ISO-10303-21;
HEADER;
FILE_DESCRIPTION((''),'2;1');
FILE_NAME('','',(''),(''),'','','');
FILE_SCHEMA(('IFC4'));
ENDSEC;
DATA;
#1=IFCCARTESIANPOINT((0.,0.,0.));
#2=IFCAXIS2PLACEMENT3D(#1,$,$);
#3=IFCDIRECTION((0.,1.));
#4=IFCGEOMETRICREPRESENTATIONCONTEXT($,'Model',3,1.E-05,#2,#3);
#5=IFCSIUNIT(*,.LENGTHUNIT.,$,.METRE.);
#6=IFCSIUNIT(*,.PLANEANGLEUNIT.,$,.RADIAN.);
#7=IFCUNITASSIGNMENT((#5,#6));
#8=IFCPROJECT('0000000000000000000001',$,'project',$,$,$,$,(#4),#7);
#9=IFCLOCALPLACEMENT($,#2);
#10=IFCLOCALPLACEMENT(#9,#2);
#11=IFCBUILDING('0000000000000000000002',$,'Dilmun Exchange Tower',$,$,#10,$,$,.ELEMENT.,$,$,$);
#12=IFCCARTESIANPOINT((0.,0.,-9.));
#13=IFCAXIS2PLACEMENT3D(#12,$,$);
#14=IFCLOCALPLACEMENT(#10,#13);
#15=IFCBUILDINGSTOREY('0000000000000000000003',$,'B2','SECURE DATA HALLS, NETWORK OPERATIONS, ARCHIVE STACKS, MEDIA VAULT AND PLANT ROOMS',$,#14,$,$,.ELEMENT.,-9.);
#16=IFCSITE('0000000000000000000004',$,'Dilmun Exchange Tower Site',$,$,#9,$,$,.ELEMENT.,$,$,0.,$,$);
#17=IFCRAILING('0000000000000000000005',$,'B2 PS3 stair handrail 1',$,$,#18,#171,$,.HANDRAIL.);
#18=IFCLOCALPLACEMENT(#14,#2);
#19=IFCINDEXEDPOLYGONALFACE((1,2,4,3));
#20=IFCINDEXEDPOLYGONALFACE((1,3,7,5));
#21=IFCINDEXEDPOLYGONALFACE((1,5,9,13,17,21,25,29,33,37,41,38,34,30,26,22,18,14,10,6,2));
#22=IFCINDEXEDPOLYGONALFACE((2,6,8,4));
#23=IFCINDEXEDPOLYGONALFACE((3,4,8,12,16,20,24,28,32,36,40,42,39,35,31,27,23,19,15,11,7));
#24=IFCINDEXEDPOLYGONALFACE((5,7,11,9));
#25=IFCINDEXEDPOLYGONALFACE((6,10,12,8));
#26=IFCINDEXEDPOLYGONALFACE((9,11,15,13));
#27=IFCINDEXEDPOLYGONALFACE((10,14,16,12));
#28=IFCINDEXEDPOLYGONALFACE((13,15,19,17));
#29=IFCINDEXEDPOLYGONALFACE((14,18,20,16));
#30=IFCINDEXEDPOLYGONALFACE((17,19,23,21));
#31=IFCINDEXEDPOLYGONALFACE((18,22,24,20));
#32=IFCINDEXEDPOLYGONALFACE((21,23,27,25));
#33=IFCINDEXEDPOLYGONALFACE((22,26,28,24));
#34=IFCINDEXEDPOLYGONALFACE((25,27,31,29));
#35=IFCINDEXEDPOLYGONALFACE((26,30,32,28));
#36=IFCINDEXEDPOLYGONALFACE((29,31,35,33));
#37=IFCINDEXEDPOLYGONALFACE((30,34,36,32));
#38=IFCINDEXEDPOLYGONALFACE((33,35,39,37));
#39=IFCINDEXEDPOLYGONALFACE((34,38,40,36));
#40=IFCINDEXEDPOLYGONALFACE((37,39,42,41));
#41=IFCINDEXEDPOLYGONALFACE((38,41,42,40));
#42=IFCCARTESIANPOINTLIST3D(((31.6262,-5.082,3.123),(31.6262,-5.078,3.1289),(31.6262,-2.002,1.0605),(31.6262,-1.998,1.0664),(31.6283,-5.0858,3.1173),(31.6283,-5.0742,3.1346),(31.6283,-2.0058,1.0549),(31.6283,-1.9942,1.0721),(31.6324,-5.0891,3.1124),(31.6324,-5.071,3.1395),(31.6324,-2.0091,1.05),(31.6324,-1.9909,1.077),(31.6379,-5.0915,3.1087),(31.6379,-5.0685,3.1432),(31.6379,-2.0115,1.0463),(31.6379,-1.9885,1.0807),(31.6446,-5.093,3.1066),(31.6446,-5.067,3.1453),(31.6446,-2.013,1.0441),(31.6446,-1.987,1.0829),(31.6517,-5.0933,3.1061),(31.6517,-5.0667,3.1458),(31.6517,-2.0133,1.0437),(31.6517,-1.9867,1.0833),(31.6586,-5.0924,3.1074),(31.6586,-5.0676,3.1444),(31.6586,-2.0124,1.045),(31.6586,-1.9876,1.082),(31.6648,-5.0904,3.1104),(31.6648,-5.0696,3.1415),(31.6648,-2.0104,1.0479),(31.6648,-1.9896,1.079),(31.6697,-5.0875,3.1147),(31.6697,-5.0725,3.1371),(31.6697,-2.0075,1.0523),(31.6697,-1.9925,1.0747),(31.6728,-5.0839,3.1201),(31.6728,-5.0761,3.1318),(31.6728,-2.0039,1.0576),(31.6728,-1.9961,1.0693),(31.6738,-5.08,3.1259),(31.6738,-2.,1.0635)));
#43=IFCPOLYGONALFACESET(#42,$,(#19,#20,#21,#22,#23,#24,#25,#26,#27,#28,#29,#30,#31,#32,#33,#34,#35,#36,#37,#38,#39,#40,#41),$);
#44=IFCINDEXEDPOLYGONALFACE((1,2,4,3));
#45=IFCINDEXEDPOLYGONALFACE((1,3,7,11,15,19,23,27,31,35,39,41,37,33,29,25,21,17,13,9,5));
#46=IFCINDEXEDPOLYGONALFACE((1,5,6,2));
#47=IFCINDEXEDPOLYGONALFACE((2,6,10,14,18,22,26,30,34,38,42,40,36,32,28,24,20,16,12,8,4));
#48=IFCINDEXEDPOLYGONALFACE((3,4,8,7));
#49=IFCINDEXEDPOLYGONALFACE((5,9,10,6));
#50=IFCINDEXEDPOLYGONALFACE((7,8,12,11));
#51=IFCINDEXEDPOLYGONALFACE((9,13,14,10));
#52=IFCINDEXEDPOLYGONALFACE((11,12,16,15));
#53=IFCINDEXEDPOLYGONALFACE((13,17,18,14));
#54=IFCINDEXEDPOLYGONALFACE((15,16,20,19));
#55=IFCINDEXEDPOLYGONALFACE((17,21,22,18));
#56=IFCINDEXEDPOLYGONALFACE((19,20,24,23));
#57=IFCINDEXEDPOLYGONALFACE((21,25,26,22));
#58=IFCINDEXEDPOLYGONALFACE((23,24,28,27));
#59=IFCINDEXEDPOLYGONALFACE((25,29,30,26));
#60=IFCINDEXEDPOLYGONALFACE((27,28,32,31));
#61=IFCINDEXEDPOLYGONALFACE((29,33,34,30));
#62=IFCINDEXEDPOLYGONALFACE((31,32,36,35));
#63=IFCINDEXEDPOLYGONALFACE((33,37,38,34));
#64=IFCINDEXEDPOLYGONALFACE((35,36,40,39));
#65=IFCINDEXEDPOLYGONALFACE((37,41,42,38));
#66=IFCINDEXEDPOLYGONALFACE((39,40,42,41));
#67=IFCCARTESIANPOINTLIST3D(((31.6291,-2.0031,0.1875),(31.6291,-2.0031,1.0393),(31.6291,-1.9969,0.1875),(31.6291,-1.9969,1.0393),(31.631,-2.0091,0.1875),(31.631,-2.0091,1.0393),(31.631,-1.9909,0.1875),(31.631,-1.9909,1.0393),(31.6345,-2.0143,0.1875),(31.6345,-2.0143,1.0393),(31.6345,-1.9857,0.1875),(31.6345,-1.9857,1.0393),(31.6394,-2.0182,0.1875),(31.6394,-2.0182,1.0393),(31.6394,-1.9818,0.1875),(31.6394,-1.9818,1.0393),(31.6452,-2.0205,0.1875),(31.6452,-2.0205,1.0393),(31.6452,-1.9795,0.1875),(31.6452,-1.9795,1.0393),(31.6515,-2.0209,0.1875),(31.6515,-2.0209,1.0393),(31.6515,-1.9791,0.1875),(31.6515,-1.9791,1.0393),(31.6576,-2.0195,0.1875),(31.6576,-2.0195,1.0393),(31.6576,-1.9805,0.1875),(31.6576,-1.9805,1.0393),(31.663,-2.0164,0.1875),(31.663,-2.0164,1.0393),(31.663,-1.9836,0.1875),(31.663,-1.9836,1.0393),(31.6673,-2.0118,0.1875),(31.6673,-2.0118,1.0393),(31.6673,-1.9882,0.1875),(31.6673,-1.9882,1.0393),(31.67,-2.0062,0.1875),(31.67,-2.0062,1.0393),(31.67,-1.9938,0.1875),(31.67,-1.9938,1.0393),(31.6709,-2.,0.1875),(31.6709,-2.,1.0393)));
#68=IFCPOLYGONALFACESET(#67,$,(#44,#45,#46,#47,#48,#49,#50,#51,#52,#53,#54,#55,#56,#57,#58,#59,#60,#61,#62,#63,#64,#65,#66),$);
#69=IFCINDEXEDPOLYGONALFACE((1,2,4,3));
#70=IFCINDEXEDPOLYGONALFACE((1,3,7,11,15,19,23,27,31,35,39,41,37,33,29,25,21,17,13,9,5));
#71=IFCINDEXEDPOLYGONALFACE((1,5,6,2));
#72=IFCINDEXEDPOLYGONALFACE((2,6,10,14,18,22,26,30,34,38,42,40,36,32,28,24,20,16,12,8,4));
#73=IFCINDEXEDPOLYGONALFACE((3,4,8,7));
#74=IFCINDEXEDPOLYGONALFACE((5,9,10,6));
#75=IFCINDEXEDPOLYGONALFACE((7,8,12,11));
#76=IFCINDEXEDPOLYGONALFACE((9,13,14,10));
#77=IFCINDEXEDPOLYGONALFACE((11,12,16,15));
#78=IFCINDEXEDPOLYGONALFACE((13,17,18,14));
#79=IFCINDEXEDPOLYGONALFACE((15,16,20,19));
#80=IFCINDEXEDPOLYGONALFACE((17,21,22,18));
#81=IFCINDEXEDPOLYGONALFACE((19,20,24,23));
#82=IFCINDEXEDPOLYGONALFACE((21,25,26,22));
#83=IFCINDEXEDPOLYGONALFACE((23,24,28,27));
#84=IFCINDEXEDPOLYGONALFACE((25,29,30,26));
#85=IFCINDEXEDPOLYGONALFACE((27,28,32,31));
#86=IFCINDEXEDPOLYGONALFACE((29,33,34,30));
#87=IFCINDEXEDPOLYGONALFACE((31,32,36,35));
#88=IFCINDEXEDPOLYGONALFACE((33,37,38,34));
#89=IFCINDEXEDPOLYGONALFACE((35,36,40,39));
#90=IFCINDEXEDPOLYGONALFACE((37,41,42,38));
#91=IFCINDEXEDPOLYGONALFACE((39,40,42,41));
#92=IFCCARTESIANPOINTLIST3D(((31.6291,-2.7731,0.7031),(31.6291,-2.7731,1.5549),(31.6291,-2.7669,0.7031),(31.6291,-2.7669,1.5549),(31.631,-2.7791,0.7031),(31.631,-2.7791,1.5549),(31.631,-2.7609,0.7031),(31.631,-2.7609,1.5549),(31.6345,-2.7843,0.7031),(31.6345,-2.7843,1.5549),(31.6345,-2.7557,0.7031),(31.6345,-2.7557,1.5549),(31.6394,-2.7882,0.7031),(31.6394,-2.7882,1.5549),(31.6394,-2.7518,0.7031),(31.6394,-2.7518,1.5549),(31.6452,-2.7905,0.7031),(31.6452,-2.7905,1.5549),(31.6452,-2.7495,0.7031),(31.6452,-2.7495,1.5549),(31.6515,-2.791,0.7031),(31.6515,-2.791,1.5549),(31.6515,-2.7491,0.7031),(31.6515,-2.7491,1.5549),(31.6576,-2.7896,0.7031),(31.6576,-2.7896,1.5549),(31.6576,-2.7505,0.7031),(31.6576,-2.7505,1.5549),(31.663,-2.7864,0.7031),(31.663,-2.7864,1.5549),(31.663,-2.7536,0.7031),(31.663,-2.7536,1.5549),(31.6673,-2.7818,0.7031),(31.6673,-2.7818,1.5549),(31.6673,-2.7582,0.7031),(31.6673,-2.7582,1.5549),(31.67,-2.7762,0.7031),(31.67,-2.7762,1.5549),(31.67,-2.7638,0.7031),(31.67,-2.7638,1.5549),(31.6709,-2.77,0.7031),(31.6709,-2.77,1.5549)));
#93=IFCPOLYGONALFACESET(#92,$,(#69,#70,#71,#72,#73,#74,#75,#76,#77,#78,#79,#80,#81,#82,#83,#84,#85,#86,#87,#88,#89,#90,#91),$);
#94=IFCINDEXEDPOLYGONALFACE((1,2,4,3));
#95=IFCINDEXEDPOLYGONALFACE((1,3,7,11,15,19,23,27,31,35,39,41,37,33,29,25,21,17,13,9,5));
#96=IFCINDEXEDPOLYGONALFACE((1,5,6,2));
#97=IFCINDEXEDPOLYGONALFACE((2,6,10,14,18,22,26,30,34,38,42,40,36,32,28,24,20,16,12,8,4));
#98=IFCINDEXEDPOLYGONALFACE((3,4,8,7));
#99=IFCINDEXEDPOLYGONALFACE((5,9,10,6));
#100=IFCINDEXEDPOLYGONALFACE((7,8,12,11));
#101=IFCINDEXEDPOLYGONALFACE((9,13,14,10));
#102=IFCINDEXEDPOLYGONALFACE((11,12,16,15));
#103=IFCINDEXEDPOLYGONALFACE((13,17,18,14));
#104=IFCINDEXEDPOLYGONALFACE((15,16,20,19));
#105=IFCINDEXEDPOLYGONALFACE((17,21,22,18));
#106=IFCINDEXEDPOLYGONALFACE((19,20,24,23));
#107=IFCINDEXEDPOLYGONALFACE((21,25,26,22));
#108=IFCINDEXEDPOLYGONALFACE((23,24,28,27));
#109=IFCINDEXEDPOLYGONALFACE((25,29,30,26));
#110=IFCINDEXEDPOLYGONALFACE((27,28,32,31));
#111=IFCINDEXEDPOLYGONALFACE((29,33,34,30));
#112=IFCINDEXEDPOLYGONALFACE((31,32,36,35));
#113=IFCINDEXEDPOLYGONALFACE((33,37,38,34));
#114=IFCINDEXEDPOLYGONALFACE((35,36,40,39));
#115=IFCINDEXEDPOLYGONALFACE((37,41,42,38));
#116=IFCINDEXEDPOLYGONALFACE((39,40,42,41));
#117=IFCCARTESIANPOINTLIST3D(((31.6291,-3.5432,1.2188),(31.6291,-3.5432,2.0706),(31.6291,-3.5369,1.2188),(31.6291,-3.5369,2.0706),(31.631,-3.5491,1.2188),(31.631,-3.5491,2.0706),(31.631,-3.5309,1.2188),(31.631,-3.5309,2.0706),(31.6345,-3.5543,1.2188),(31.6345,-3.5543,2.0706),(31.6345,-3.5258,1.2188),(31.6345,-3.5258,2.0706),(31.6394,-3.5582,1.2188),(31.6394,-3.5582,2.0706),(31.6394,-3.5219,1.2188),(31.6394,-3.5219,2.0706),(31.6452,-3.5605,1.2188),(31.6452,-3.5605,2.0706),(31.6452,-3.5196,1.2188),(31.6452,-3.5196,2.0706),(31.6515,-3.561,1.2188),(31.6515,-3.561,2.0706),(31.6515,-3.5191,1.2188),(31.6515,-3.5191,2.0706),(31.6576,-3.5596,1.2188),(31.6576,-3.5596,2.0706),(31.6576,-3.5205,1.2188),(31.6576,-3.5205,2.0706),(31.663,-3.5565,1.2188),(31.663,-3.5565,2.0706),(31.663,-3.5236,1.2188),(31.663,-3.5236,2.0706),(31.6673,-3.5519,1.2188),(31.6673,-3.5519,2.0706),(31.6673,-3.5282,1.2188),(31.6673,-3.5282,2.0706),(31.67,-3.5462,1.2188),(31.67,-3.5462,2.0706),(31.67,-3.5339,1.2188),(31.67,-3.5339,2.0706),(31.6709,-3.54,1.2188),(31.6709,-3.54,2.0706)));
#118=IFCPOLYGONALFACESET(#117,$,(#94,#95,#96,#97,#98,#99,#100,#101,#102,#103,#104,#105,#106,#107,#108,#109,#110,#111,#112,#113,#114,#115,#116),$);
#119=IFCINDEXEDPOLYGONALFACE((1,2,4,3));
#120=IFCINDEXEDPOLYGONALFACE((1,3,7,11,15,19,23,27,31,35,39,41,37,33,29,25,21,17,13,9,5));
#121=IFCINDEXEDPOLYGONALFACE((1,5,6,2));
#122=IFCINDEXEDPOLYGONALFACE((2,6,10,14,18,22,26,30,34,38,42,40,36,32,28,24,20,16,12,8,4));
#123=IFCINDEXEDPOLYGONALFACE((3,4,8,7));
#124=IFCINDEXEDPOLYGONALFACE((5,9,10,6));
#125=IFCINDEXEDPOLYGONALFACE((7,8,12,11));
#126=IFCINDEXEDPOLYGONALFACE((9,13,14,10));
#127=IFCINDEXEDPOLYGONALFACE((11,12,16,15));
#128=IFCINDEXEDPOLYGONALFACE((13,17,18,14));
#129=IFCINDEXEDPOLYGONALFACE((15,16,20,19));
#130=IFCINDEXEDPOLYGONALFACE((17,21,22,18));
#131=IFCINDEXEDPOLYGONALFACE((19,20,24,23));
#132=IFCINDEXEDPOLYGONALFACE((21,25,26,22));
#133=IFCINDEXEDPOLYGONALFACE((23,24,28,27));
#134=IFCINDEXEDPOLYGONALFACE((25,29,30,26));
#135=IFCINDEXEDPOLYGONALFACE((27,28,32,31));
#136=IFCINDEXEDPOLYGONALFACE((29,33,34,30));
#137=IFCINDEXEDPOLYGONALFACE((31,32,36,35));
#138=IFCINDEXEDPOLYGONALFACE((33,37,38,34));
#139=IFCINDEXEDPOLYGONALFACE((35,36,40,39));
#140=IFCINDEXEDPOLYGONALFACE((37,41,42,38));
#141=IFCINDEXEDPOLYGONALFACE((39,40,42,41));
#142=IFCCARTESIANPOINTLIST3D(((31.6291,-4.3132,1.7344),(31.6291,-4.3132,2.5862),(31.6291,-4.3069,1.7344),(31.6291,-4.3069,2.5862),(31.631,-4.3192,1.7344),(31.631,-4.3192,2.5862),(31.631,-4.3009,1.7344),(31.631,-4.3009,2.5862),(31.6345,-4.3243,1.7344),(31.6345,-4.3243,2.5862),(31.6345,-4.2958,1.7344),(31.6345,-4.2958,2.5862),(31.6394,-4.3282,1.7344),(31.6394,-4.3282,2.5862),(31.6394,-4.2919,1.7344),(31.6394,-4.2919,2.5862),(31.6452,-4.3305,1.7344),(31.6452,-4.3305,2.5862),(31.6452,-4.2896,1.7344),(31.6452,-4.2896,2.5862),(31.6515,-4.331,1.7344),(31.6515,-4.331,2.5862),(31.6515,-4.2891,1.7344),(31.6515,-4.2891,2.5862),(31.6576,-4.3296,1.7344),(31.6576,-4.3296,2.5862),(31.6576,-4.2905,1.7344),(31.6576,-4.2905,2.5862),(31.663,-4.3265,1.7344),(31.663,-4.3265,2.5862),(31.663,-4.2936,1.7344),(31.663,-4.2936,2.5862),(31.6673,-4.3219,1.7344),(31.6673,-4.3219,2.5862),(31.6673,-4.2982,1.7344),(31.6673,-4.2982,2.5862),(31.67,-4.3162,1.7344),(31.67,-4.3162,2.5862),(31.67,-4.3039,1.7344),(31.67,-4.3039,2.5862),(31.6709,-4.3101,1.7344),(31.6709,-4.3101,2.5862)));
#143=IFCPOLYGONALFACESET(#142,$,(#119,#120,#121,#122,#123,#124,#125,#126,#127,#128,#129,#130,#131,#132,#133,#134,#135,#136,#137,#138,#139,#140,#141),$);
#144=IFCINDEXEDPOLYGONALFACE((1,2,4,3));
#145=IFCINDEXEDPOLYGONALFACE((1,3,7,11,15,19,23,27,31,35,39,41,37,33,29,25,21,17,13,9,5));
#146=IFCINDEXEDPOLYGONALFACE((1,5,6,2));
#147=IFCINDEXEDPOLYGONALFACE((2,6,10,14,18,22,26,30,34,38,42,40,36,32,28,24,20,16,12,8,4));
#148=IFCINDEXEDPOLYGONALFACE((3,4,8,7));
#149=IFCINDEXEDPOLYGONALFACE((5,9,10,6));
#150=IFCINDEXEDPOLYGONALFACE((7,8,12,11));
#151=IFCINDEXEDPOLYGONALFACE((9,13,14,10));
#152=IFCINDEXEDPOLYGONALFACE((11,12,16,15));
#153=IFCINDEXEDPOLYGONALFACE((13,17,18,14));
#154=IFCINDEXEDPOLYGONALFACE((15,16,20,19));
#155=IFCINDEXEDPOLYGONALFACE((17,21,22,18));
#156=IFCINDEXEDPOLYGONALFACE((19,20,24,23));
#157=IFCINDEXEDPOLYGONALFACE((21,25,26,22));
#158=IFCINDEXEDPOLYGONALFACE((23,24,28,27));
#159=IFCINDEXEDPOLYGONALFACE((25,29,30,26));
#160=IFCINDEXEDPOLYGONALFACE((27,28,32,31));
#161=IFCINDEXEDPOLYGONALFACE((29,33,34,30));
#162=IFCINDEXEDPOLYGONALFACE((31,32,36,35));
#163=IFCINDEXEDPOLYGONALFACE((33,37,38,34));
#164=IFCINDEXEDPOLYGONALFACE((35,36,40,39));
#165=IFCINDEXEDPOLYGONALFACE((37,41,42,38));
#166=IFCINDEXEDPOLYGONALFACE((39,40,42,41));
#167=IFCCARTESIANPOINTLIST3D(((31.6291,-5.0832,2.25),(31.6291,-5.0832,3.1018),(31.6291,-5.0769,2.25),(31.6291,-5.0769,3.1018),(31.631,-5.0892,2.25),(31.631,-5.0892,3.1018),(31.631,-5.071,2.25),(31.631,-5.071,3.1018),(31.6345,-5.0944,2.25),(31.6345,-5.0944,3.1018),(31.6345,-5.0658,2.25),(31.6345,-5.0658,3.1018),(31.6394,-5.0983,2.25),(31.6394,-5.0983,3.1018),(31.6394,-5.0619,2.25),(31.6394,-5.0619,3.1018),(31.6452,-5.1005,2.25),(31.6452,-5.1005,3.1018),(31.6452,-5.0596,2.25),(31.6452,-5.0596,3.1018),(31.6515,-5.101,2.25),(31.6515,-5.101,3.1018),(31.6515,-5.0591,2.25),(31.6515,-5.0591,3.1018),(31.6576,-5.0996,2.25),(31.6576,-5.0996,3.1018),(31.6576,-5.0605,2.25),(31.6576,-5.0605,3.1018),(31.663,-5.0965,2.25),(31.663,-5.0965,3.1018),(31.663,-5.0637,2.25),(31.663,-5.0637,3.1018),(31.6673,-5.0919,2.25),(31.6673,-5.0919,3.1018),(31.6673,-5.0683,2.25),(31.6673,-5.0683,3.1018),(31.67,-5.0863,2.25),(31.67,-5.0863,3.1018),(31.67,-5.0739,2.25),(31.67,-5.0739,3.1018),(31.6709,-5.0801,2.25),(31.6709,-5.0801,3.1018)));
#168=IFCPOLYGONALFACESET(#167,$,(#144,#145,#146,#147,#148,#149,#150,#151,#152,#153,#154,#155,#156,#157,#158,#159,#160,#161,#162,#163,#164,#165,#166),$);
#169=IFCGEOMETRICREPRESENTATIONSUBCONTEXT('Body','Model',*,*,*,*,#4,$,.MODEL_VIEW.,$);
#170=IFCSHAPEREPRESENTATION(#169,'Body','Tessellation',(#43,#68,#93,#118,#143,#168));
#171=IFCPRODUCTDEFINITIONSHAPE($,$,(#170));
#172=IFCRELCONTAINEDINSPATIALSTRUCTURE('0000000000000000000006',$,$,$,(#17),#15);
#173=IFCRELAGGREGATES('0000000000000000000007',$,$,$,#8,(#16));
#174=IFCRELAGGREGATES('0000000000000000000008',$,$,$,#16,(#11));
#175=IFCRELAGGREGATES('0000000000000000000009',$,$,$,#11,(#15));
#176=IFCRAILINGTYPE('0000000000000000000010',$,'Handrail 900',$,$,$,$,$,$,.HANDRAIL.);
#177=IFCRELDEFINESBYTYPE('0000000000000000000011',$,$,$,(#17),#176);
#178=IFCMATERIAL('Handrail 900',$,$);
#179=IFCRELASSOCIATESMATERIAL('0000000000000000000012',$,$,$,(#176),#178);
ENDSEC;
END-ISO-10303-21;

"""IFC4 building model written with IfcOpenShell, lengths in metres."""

from ifc_helpers import new_model, si_unit, direction, frame, origin, origin_2d, place, context, subcontext, project, spatial, circle, extrude, material, type_object, element, save


model = new_model("IFC4")

# Units and contexts
model_context = context("Model", 3, precision=1e-05, world=origin(), true_north=direction((0.0, 1.0)))
body_context = subcontext(model_context, "Body", "Model", "MODEL_VIEW")
ifc_project = project(units=[si_unit("LENGTHUNIT", "METRE"), si_unit("PLANEANGLEUNIT", "RADIAN")], contexts=[model_context])

# Site, building, storey
site_placement = place(None, origin())
site = spatial("IfcSite", under=ifc_project, at=site_placement, Name="Dilmun Exchange Tower Site", CompositionType="ELEMENT", RefElevation=0.0)
building_placement = place(site_placement, origin())
building = spatial("IfcBuilding", under=site, at=building_placement, Name="Dilmun Exchange Tower", CompositionType="ELEMENT")
storey_placement = place(building_placement, frame((0.0, 0.0, -9.0)))
storey = spatial("IfcBuildingStorey", under=building, at=storey_placement, Name="B2", Description="SECURE DATA HALLS, NETWORK OPERATIONS, ARCHIVE STACKS, MEDIA VAULT AND PLANT ROOMS", CompositionType="ELEMENT", Elevation=-9.0)

# Railing
ifc_material_1 = material(Name="Handrail 900")
railing_type_1 = type_object("IfcRailingType", Name="Handrail 900", PredefinedType="HANDRAIL", material=ifc_material_1)
railing_1_placement = place(storey_placement, frame((31.6499, -2.0, 0.1875)))
element("IfcRailing", 1, at=railing_1_placement, inside=storey, type_object=railing_type_1, Name="B2 PS3 stair handrail 1", PredefinedType="HANDRAIL", context=body_context, shape_type="SweptSolid", body=[
    extrude(circle(Radius=0.0239, at=origin_2d()), frame((0.0, 0.0, 0.876), z_axis=(0.0, -0.830914, 0.556401), x_axis=(1.0, 0.0, 0.0)), (0.0, 0.0, 1.0), 3.7068),
    extrude(circle(Radius=0.021, at=origin_2d()), origin(), (0.0, 0.0, 1.0), 0.8518),
    extrude(circle(Radius=0.021, at=origin_2d()), frame((0.0, -0.77, 0.5156)), (0.0, 0.0, 1.0), 0.8518),
    extrude(circle(Radius=0.021, at=origin_2d()), frame((0.0, -1.54, 1.0312)), (0.0, 0.0, 1.0), 0.8518),
    extrude(circle(Radius=0.021, at=origin_2d()), frame((0.0, -2.3101, 1.5469)), (0.0, 0.0, 1.0), 0.8518),
    extrude(circle(Radius=0.021, at=origin_2d()), frame((0.0, -3.0801, 2.0625)), (0.0, 0.0, 1.0), 0.8518),
])

save(model, "model.ifc")
